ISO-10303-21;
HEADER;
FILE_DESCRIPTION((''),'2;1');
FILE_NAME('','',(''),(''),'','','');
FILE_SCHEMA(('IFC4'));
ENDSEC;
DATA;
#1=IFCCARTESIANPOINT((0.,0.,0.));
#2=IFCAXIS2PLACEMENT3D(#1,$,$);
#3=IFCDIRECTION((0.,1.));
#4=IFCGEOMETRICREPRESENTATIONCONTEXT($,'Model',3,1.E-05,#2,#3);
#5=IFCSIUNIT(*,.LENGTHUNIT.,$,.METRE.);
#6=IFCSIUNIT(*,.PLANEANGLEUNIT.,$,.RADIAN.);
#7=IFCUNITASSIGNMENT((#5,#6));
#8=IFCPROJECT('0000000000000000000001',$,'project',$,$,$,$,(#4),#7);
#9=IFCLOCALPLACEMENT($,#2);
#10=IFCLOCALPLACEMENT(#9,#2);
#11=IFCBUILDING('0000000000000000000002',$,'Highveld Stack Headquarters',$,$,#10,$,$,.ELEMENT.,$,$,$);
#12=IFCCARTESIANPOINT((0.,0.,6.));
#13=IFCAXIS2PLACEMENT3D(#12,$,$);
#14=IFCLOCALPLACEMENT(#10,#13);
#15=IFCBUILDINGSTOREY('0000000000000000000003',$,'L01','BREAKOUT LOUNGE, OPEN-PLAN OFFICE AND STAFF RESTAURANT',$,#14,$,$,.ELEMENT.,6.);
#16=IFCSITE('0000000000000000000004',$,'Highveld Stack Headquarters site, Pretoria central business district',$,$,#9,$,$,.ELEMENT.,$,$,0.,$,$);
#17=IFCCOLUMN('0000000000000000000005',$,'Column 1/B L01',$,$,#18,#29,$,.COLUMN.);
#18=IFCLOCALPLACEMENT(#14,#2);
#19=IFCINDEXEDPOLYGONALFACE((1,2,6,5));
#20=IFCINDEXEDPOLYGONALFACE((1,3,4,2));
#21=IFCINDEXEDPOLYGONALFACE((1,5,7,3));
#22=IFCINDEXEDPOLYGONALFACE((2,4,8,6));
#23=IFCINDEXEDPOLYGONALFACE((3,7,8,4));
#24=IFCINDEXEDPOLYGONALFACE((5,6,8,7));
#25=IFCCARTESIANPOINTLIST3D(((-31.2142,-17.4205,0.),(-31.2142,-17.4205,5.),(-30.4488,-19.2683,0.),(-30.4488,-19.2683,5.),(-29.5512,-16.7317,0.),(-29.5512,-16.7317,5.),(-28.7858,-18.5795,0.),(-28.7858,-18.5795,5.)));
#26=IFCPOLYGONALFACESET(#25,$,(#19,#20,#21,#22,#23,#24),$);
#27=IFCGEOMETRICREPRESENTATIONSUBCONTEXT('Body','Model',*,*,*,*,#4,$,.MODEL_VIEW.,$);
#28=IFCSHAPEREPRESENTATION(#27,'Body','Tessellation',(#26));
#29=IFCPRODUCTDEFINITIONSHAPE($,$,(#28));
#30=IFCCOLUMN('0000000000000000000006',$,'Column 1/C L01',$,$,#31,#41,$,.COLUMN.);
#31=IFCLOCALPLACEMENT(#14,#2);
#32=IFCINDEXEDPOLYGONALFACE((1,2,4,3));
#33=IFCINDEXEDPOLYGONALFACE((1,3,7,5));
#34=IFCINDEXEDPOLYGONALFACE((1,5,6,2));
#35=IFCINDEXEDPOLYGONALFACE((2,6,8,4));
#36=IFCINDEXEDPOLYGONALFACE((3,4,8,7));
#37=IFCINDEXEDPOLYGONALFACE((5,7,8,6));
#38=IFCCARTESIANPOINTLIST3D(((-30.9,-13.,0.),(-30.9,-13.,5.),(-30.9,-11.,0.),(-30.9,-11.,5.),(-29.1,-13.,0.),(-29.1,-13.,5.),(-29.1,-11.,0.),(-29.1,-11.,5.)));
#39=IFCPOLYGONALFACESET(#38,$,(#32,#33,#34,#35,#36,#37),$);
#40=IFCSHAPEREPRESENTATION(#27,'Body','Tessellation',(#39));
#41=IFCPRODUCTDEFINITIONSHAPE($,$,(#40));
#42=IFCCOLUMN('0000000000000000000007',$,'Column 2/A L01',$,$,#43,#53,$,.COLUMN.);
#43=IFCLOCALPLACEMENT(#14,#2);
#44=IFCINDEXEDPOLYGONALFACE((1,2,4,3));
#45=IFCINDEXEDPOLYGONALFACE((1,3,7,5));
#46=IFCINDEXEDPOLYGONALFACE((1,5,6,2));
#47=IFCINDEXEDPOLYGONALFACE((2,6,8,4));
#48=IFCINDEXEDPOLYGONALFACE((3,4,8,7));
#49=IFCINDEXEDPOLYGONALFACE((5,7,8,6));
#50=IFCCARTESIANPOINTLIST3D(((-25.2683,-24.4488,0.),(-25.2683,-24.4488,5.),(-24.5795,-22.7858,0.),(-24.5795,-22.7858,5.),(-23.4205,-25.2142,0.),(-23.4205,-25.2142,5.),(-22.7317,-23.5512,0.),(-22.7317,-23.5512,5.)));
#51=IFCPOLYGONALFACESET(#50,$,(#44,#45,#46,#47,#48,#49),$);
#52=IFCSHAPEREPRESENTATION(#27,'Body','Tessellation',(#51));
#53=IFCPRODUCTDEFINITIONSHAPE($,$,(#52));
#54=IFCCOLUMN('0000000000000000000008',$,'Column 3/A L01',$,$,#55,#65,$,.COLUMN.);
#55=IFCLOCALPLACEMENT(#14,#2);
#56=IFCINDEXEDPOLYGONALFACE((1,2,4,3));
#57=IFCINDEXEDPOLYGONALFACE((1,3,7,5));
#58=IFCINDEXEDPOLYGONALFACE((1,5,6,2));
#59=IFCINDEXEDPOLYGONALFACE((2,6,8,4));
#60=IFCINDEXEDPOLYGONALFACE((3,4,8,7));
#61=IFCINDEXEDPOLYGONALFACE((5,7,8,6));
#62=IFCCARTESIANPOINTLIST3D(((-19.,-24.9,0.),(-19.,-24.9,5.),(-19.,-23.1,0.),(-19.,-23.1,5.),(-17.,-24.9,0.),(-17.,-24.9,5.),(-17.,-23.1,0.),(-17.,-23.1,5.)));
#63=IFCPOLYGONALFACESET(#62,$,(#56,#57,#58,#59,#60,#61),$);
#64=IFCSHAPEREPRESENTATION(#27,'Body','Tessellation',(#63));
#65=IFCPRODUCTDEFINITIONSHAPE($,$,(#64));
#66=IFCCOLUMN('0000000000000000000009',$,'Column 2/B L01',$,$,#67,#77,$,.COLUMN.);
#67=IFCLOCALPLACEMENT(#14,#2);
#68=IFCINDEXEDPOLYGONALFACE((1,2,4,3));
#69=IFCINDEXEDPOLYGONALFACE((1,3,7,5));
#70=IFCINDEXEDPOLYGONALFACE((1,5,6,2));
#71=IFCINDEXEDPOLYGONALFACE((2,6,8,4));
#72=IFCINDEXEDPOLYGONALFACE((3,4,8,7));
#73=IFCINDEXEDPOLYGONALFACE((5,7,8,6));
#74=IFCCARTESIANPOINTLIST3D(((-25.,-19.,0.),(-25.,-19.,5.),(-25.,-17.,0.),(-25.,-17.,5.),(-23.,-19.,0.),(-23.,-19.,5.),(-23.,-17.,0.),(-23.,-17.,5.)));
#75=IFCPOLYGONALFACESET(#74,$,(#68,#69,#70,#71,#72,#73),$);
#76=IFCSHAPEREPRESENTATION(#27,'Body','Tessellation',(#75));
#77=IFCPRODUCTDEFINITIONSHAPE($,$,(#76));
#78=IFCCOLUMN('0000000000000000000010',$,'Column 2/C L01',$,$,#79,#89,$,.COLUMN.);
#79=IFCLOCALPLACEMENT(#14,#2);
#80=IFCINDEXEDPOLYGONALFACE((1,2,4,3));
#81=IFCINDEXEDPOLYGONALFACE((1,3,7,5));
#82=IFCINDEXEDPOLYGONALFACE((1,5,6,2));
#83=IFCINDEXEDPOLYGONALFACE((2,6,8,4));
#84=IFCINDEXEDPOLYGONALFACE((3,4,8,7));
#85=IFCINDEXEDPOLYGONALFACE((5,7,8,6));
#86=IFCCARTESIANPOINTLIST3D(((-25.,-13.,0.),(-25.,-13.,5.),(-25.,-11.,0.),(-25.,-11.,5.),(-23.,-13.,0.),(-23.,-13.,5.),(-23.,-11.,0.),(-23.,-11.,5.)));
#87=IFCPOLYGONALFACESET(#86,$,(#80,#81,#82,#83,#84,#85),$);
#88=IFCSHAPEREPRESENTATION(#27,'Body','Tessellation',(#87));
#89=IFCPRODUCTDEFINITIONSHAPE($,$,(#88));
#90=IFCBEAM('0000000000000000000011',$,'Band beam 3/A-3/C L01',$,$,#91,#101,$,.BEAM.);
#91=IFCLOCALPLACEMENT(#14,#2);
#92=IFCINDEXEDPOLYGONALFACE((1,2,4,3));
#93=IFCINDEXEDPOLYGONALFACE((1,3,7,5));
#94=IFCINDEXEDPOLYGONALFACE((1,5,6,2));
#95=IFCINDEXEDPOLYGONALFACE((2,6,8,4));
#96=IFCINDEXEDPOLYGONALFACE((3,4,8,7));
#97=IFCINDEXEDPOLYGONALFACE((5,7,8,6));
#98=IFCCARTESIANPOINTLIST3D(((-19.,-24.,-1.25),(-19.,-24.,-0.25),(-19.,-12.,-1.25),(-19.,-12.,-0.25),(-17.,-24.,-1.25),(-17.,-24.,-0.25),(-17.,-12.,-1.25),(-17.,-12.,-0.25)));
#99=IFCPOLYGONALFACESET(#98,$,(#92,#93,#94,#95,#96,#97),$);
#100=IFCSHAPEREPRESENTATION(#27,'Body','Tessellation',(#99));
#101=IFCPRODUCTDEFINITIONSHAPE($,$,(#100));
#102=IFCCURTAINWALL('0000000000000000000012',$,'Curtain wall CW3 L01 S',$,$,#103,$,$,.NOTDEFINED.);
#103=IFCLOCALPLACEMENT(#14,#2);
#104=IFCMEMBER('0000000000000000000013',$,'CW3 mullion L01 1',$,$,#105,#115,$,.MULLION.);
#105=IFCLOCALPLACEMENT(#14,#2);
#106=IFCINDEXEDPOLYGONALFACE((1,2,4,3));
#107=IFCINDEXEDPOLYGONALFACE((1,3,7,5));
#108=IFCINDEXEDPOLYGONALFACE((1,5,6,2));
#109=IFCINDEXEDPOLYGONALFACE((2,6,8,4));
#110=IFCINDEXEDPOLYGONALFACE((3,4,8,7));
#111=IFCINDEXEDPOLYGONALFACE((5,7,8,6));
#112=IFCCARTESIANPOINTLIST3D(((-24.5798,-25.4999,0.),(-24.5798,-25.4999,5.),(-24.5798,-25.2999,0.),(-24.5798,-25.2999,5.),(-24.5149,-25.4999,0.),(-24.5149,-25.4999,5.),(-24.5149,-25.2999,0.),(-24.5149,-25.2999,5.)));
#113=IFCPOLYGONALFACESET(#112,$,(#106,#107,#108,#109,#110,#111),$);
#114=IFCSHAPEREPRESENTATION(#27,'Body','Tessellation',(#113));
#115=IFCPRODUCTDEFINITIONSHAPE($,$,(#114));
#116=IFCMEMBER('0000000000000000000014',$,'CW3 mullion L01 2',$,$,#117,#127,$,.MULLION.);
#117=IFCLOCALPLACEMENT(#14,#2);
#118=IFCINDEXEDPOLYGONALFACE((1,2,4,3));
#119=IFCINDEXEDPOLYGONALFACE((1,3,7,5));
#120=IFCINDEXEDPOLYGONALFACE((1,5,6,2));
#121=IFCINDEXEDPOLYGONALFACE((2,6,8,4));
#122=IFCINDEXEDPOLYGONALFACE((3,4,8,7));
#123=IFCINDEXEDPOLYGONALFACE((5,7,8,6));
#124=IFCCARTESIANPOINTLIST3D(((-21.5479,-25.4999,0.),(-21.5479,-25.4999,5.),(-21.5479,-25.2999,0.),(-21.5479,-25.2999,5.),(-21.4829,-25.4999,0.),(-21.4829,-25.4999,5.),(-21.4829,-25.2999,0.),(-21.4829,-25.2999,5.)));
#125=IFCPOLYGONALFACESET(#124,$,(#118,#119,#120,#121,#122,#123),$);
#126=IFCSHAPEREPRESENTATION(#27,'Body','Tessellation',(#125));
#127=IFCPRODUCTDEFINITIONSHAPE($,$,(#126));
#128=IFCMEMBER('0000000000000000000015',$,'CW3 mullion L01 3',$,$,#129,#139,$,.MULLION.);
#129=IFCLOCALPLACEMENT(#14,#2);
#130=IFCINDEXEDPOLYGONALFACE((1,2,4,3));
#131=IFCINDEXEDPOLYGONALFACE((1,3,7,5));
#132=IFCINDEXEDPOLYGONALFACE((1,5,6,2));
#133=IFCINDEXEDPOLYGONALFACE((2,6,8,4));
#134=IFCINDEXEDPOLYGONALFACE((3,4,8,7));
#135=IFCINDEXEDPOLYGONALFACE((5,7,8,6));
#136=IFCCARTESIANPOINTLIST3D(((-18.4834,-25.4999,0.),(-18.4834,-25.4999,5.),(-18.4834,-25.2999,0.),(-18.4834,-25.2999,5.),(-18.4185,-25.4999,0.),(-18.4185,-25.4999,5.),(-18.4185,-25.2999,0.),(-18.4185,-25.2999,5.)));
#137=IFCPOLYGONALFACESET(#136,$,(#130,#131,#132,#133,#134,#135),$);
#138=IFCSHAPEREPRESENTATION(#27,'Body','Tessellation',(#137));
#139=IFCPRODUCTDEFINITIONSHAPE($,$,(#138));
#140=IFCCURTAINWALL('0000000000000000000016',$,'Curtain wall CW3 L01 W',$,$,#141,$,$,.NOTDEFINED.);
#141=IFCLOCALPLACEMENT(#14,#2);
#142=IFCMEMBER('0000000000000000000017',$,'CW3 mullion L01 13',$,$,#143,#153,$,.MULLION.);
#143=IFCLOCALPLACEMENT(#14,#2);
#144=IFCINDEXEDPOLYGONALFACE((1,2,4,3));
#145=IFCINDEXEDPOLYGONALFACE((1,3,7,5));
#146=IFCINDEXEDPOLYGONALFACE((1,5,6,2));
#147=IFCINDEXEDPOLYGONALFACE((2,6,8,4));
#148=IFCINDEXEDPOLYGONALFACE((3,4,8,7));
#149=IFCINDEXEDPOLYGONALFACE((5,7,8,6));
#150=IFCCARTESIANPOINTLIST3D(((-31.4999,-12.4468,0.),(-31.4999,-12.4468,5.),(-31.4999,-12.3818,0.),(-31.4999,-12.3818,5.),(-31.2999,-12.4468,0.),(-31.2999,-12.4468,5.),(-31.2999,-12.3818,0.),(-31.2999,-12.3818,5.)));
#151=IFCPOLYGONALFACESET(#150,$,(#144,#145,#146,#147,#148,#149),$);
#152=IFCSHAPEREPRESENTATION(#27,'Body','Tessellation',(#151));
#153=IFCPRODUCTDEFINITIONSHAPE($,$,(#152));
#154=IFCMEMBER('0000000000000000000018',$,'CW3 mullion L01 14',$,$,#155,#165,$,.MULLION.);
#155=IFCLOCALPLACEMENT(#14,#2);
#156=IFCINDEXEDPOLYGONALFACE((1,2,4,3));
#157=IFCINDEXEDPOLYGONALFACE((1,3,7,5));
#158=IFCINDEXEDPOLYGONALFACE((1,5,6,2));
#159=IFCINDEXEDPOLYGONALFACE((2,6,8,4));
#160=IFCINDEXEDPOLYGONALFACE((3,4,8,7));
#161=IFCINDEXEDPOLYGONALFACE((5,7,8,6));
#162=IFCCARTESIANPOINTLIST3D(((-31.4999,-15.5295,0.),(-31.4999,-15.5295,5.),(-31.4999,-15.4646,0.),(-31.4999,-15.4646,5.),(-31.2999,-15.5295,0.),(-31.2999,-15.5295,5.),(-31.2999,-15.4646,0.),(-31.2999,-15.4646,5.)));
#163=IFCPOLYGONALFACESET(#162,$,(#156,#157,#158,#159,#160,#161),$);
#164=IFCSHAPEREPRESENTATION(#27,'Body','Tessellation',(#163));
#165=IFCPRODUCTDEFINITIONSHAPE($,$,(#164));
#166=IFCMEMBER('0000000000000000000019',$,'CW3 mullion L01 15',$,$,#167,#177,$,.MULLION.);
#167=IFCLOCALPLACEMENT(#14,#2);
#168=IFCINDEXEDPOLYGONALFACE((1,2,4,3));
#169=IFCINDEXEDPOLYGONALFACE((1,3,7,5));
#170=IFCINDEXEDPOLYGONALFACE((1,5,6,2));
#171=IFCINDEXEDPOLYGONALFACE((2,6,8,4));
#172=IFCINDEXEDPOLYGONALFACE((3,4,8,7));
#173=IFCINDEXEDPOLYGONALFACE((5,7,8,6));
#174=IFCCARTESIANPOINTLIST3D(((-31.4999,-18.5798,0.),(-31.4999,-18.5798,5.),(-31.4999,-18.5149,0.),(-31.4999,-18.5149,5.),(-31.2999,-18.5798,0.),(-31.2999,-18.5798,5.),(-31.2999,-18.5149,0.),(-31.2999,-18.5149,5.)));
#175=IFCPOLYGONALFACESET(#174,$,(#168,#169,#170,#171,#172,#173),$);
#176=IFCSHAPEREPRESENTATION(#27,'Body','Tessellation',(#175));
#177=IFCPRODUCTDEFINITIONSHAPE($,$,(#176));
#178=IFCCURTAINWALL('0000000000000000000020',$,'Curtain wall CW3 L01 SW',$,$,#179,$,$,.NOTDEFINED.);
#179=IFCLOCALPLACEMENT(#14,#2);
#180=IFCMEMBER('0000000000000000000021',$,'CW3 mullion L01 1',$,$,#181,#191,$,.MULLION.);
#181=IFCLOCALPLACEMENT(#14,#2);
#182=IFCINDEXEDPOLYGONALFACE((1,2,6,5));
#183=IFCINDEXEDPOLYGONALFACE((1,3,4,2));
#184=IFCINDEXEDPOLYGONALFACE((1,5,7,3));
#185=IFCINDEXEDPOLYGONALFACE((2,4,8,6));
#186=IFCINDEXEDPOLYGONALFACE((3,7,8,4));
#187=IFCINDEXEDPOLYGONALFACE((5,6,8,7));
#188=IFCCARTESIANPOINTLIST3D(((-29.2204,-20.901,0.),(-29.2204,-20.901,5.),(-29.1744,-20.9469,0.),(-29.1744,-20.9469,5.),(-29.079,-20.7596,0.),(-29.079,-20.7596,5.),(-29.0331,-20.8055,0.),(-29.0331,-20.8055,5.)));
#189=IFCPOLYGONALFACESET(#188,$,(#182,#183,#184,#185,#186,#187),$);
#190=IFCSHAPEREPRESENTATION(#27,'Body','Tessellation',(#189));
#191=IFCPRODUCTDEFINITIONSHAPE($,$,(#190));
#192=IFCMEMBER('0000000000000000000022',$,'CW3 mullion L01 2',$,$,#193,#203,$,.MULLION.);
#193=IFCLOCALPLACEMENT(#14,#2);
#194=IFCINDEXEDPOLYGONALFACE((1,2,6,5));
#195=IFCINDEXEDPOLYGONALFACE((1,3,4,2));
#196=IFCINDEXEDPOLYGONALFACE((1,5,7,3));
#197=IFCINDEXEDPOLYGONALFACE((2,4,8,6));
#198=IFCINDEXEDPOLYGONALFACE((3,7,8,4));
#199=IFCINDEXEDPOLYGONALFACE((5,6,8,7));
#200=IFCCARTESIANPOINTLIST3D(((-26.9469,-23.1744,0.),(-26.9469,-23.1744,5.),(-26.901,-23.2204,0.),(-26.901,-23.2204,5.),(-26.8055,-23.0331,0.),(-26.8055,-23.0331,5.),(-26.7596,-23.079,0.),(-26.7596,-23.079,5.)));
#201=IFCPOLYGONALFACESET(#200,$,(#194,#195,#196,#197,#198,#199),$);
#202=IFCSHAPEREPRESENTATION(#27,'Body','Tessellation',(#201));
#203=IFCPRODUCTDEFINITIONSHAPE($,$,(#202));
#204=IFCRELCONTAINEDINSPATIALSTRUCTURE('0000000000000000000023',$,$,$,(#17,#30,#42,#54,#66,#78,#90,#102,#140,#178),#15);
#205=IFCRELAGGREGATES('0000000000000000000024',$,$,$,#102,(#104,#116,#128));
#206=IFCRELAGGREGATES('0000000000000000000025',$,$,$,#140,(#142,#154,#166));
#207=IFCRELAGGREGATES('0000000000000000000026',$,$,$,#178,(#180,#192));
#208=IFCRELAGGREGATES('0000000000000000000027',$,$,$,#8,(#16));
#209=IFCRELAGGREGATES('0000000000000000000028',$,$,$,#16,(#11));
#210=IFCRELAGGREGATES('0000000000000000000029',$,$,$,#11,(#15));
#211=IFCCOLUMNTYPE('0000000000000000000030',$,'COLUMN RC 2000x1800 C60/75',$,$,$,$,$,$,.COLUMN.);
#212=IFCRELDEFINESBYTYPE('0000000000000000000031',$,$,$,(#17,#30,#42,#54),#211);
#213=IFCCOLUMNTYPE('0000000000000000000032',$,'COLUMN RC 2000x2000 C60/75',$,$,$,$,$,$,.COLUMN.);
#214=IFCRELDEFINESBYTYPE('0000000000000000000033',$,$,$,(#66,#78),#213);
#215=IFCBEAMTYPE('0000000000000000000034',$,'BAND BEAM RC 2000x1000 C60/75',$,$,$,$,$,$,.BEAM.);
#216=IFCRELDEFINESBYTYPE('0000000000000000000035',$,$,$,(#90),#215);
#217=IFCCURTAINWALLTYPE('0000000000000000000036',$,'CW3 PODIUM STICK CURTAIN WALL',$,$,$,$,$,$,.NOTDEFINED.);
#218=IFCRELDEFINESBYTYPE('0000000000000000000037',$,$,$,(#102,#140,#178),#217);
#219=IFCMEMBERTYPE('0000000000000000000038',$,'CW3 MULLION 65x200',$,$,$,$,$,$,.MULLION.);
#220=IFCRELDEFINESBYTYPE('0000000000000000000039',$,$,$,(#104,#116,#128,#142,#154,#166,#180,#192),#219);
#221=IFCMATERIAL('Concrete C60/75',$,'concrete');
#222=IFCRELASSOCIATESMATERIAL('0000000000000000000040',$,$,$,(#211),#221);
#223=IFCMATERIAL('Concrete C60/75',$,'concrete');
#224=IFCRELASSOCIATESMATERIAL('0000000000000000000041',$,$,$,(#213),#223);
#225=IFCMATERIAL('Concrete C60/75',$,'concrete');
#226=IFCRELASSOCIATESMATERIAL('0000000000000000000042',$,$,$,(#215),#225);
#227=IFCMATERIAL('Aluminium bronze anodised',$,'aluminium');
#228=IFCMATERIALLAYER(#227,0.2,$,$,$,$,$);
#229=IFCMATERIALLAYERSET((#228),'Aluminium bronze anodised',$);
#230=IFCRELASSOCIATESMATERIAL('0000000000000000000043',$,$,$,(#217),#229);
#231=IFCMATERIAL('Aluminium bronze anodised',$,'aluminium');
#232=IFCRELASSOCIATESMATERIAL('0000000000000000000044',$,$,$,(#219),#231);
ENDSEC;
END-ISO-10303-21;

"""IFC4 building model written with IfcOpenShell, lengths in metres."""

from ifc_helpers import new_model, si_unit, direction, frame, origin, origin_2d, place, context, subcontext, project, spatial, rectangle, extrude, material, layer, layer_set, material_profile, profile_set, type_object, element, aggregate, save


model = new_model("IFC4")

# Units and contexts
model_context = context("Model", 3, precision=1e-05, world=origin(), true_north=direction((0.0, 1.0)))
body_context = subcontext(model_context, "Body", "Model", "MODEL_VIEW")
ifc_project = project(units=[si_unit("LENGTHUNIT", "METRE"), si_unit("PLANEANGLEUNIT", "RADIAN")], contexts=[model_context])

# Site, building, storey
site_placement = place(None, origin())
site = spatial("IfcSite", under=ifc_project, at=site_placement, Name="Highveld Stack Headquarters site, Pretoria central business district", CompositionType="ELEMENT", RefElevation=0.0)
building_placement = place(site_placement, origin())
building = spatial("IfcBuilding", under=site, at=building_placement, Name="Highveld Stack Headquarters", CompositionType="ELEMENT")
storey_placement = place(building_placement, frame((0.0, 0.0, 6.0)))
storey = spatial("IfcBuildingStorey", under=building, at=storey_placement, Name="L01", Description="BREAKOUT LOUNGE, OPEN-PLAN OFFICE AND STAFF RESTAURANT", CompositionType="ELEMENT", Elevation=6.0)

# Columns
ifc_material_1 = material(Name="Concrete C60/75", Category="concrete")
ifc_material_profile_1 = material_profile(ifc_material_1, rectangle(XDim=2.0, YDim=1.8, at=origin_2d()), Name="RC 2000x1800")
ifc_profile_set_1 = profile_set([ifc_material_profile_1], Name="Concrete C60/75")
column_type_1 = type_object("IfcColumnType", Name="COLUMN RC 2000x1800 C60/75", PredefinedType="COLUMN", material=ifc_profile_set_1)
for number, where, z_axis, x_axis, name in (
    (1, (-30.0, -18.0, 0.0), (0.0, 0.0, 1.0), (-0.382683, 0.92388, 0.0), "Column 1/B L01"),
    (2, (-30.0, -12.0, 0.0), (0.0, 0.0, 1.0), (0.0, 1.0, 0.0), "Column 1/C L01"),
    (3, (-24.0, -24.0, 0.0), (0.0, 0.0, 1.0), (-0.92388, 0.382683, 0.0), "Column 2/A L01"),
    (4, (-18.0, -24.0, 0.0), (0.0, 0.0, 1.0), (1.0, 0.0, 0.0), "Column 3/A L01"),
):
    element("IfcColumn", number, at=place(storey_placement, frame(where, z_axis=z_axis, x_axis=x_axis)), inside=storey, type_object=column_type_1, Name=name, PredefinedType="COLUMN", context=body_context, shape_type="SweptSolid", body=[
        extrude(rectangle(XDim=2.0, YDim=1.8, at=origin_2d()), origin(), (0.0, 0.0, 1.0), 5.0),
    ])
ifc_material_2 = material(Name="Concrete C60/75", Category="concrete")
ifc_material_profile_2 = material_profile(ifc_material_2, rectangle(XDim=2.0, YDim=2.0, at=origin_2d()), Name="RC 2000x2000")
ifc_profile_set_2 = profile_set([ifc_material_profile_2], Name="Concrete C60/75")
column_type_2 = type_object("IfcColumnType", Name="COLUMN RC 2000x2000 C60/75", PredefinedType="COLUMN", material=ifc_profile_set_2)
for number, where, z_axis, x_axis, name in (
    (5, (-24.0, -18.0, 0.0), (0.0, 0.0, 1.0), (1.0, 0.0, 0.0), "Column 2/B L01"),
    (6, (-24.0, -12.0, 0.0), (0.0, 0.0, 1.0), (1.0, 0.0, 0.0), "Column 2/C L01"),
):
    element("IfcColumn", number, at=place(storey_placement, frame(where, z_axis=z_axis, x_axis=x_axis)), inside=storey, type_object=column_type_2, Name=name, PredefinedType="COLUMN", context=body_context, shape_type="SweptSolid", body=[
        extrude(rectangle(XDim=2.0, YDim=2.0, at=origin_2d()), origin(), (0.0, 0.0, 1.0), 5.0),
    ])

# Beam
ifc_material_3 = material(Name="Concrete C60/75", Category="concrete")
ifc_material_profile_3 = material_profile(ifc_material_3, rectangle(XDim=2.0, YDim=1.0, at=origin_2d()), Name="RC 2000x1000")
ifc_profile_set_3 = profile_set([ifc_material_profile_3], Name="Concrete C60/75")
beam_type = type_object("IfcBeamType", Name="BAND BEAM RC 2000x1000 C60/75", PredefinedType="BEAM", material=ifc_profile_set_3)
beam_placement = place(storey_placement, frame((-18.0, -24.0, -0.75), z_axis=(0.0, 1.0, 0.0), x_axis=(-1.0, 0.0, 0.0)))
element("IfcBeam", 7, at=beam_placement, inside=storey, type_object=beam_type, Name="Band beam 3/A-3/C L01", PredefinedType="BEAM", context=body_context, shape_type="SweptSolid", body=[
    extrude(rectangle(XDim=2.0, YDim=1.0, at=origin_2d()), origin(), (0.0, 0.0, 1.0), 12.0),
])

# Curtain walls, members
ifc_material_4 = material(Name="Aluminium bronze anodised", Category="aluminium")
ifc_layer_1 = layer(ifc_material_4, 0.2)
ifc_layer_set_1 = layer_set([ifc_layer_1], Name="Aluminium bronze anodised")
curtain_wall_type = type_object("IfcCurtainWallType", Name="CW3 PODIUM STICK CURTAIN WALL", PredefinedType="NOTDEFINED", material=ifc_layer_set_1)
curtain_wall_1_placement = place(storey_placement, origin())
curtain_wall_1 = element("IfcCurtainWall", 8, at=curtain_wall_1_placement, inside=storey, type_object=curtain_wall_type, Name="Curtain wall CW3 L01 S", PredefinedType="NOTDEFINED")
ifc_material_5 = material(Name="Aluminium bronze anodised", Category="aluminium")
ifc_material_profile_4 = material_profile(ifc_material_5, rectangle(XDim=0.2, YDim=0.0649, at=origin_2d()), Name="CW3 MULLION 65x200")
ifc_profile_set_4 = profile_set([ifc_material_profile_4], Name="Aluminium bronze anodised")
member_type_1 = type_object("IfcMemberType", Name="CW3 MULLION 65x200", PredefinedType="MULLION", material=ifc_profile_set_4)
member_1_placement = place(storey_placement, frame((-24.5474, -25.3999, 0.0), z_axis=(0.0, 0.0, 1.0), x_axis=(0.0, 1.0, 0.0)))
member_1 = element("IfcMember", 9, at=member_1_placement, type_object=member_type_1, Name="CW3 mullion L01 1", PredefinedType="MULLION", context=body_context, shape_type="SweptSolid", body=[
    extrude(rectangle(XDim=0.2, YDim=0.0649, at=origin_2d()), origin(), (0.0, 0.0, 1.0), 5.0),
])
member_2_placement = place(storey_placement, frame((-21.5154, -25.3999, 0.0), z_axis=(0.0, 0.0, 1.0), x_axis=(0.0, 1.0, 0.0)))
member_2 = element("IfcMember", 10, at=member_2_placement, type_object=member_type_1, Name="CW3 mullion L01 2", PredefinedType="MULLION", context=body_context, shape_type="SweptSolid", body=[
    extrude(rectangle(XDim=0.2, YDim=0.0649, at=origin_2d()), origin(), (0.0, 0.0, 1.0), 5.0),
])
member_3_placement = place(storey_placement, frame((-18.4509, -25.3999, 0.0), z_axis=(0.0, 0.0, 1.0), x_axis=(0.0, 1.0, 0.0)))
member_3 = element("IfcMember", 11, at=member_3_placement, type_object=member_type_1, Name="CW3 mullion L01 3", PredefinedType="MULLION", context=body_context, shape_type="SweptSolid", body=[
    extrude(rectangle(XDim=0.2, YDim=0.0649, at=origin_2d()), origin(), (0.0, 0.0, 1.0), 5.0),
])
curtain_wall_2_placement = place(storey_placement, origin())
curtain_wall_2 = element("IfcCurtainWall", 12, at=curtain_wall_2_placement, inside=storey, type_object=curtain_wall_type, Name="Curtain wall CW3 L01 W", PredefinedType="NOTDEFINED")
member_4_placement = place(storey_placement, frame((-31.3999, -12.4143, 0.0), z_axis=(0.0, 0.0, 1.0), x_axis=(1.0, 0.0, 0.0)))
member_4 = element("IfcMember", 13, at=member_4_placement, type_object=member_type_1, Name="CW3 mullion L01 13", PredefinedType="MULLION", context=body_context, shape_type="SweptSolid", body=[
    extrude(rectangle(XDim=0.2, YDim=0.0649, at=origin_2d()), origin(), (0.0, 0.0, 1.0), 5.0),
])
member_5_placement = place(storey_placement, frame((-31.3999, -15.4971, 0.0), z_axis=(0.0, 0.0, 1.0), x_axis=(1.0, 0.0, 0.0)))
member_5 = element("IfcMember", 14, at=member_5_placement, type_object=member_type_1, Name="CW3 mullion L01 14", PredefinedType="MULLION", context=body_context, shape_type="SweptSolid", body=[
    extrude(rectangle(XDim=0.2, YDim=0.0649, at=origin_2d()), origin(), (0.0, 0.0, 1.0), 5.0),
])
member_6_placement = place(storey_placement, frame((-31.3999, -18.5474, 0.0), z_axis=(0.0, 0.0, 1.0), x_axis=(1.0, 0.0, 0.0)))
member_6 = element("IfcMember", 15, at=member_6_placement, type_object=member_type_1, Name="CW3 mullion L01 15", PredefinedType="MULLION", context=body_context, shape_type="SweptSolid", body=[
    extrude(rectangle(XDim=0.2, YDim=0.0649, at=origin_2d()), origin(), (0.0, 0.0, 1.0), 5.0),
])
curtain_wall_3_placement = place(storey_placement, origin())
curtain_wall_3 = element("IfcCurtainWall", 16, at=curtain_wall_3_placement, inside=storey, type_object=curtain_wall_type, Name="Curtain wall CW3 L01 SW", PredefinedType="NOTDEFINED")
member_7_placement = place(storey_placement, frame((-29.1267, -20.8533, 0.0), z_axis=(0.0, 0.0, 1.0), x_axis=(0.707107, 0.707107, 0.0)))
member_7 = element("IfcMember", 17, at=member_7_placement, type_object=member_type_1, Name="CW3 mullion L01 1", PredefinedType="MULLION", context=body_context, shape_type="SweptSolid", body=[
    extrude(rectangle(XDim=0.2, YDim=0.0649, at=origin_2d()), origin(), (0.0, 0.0, 1.0), 5.0),
])
member_8_placement = place(storey_placement, frame((-26.8533, -23.1267, 0.0), z_axis=(0.0, 0.0, 1.0), x_axis=(0.707107, 0.707107, 0.0)))
member_8 = element("IfcMember", 18, at=member_8_placement, type_object=member_type_1, Name="CW3 mullion L01 2", PredefinedType="MULLION", context=body_context, shape_type="SweptSolid", body=[
    extrude(rectangle(XDim=0.2, YDim=0.0649, at=origin_2d()), origin(), (0.0, 0.0, 1.0), 5.0),
])

aggregate(curtain_wall_1, [member_1, member_2, member_3])
aggregate(curtain_wall_2, [member_4, member_5, member_6])
aggregate(curtain_wall_3, [member_7, member_8])

save(model, "model.ifc")
